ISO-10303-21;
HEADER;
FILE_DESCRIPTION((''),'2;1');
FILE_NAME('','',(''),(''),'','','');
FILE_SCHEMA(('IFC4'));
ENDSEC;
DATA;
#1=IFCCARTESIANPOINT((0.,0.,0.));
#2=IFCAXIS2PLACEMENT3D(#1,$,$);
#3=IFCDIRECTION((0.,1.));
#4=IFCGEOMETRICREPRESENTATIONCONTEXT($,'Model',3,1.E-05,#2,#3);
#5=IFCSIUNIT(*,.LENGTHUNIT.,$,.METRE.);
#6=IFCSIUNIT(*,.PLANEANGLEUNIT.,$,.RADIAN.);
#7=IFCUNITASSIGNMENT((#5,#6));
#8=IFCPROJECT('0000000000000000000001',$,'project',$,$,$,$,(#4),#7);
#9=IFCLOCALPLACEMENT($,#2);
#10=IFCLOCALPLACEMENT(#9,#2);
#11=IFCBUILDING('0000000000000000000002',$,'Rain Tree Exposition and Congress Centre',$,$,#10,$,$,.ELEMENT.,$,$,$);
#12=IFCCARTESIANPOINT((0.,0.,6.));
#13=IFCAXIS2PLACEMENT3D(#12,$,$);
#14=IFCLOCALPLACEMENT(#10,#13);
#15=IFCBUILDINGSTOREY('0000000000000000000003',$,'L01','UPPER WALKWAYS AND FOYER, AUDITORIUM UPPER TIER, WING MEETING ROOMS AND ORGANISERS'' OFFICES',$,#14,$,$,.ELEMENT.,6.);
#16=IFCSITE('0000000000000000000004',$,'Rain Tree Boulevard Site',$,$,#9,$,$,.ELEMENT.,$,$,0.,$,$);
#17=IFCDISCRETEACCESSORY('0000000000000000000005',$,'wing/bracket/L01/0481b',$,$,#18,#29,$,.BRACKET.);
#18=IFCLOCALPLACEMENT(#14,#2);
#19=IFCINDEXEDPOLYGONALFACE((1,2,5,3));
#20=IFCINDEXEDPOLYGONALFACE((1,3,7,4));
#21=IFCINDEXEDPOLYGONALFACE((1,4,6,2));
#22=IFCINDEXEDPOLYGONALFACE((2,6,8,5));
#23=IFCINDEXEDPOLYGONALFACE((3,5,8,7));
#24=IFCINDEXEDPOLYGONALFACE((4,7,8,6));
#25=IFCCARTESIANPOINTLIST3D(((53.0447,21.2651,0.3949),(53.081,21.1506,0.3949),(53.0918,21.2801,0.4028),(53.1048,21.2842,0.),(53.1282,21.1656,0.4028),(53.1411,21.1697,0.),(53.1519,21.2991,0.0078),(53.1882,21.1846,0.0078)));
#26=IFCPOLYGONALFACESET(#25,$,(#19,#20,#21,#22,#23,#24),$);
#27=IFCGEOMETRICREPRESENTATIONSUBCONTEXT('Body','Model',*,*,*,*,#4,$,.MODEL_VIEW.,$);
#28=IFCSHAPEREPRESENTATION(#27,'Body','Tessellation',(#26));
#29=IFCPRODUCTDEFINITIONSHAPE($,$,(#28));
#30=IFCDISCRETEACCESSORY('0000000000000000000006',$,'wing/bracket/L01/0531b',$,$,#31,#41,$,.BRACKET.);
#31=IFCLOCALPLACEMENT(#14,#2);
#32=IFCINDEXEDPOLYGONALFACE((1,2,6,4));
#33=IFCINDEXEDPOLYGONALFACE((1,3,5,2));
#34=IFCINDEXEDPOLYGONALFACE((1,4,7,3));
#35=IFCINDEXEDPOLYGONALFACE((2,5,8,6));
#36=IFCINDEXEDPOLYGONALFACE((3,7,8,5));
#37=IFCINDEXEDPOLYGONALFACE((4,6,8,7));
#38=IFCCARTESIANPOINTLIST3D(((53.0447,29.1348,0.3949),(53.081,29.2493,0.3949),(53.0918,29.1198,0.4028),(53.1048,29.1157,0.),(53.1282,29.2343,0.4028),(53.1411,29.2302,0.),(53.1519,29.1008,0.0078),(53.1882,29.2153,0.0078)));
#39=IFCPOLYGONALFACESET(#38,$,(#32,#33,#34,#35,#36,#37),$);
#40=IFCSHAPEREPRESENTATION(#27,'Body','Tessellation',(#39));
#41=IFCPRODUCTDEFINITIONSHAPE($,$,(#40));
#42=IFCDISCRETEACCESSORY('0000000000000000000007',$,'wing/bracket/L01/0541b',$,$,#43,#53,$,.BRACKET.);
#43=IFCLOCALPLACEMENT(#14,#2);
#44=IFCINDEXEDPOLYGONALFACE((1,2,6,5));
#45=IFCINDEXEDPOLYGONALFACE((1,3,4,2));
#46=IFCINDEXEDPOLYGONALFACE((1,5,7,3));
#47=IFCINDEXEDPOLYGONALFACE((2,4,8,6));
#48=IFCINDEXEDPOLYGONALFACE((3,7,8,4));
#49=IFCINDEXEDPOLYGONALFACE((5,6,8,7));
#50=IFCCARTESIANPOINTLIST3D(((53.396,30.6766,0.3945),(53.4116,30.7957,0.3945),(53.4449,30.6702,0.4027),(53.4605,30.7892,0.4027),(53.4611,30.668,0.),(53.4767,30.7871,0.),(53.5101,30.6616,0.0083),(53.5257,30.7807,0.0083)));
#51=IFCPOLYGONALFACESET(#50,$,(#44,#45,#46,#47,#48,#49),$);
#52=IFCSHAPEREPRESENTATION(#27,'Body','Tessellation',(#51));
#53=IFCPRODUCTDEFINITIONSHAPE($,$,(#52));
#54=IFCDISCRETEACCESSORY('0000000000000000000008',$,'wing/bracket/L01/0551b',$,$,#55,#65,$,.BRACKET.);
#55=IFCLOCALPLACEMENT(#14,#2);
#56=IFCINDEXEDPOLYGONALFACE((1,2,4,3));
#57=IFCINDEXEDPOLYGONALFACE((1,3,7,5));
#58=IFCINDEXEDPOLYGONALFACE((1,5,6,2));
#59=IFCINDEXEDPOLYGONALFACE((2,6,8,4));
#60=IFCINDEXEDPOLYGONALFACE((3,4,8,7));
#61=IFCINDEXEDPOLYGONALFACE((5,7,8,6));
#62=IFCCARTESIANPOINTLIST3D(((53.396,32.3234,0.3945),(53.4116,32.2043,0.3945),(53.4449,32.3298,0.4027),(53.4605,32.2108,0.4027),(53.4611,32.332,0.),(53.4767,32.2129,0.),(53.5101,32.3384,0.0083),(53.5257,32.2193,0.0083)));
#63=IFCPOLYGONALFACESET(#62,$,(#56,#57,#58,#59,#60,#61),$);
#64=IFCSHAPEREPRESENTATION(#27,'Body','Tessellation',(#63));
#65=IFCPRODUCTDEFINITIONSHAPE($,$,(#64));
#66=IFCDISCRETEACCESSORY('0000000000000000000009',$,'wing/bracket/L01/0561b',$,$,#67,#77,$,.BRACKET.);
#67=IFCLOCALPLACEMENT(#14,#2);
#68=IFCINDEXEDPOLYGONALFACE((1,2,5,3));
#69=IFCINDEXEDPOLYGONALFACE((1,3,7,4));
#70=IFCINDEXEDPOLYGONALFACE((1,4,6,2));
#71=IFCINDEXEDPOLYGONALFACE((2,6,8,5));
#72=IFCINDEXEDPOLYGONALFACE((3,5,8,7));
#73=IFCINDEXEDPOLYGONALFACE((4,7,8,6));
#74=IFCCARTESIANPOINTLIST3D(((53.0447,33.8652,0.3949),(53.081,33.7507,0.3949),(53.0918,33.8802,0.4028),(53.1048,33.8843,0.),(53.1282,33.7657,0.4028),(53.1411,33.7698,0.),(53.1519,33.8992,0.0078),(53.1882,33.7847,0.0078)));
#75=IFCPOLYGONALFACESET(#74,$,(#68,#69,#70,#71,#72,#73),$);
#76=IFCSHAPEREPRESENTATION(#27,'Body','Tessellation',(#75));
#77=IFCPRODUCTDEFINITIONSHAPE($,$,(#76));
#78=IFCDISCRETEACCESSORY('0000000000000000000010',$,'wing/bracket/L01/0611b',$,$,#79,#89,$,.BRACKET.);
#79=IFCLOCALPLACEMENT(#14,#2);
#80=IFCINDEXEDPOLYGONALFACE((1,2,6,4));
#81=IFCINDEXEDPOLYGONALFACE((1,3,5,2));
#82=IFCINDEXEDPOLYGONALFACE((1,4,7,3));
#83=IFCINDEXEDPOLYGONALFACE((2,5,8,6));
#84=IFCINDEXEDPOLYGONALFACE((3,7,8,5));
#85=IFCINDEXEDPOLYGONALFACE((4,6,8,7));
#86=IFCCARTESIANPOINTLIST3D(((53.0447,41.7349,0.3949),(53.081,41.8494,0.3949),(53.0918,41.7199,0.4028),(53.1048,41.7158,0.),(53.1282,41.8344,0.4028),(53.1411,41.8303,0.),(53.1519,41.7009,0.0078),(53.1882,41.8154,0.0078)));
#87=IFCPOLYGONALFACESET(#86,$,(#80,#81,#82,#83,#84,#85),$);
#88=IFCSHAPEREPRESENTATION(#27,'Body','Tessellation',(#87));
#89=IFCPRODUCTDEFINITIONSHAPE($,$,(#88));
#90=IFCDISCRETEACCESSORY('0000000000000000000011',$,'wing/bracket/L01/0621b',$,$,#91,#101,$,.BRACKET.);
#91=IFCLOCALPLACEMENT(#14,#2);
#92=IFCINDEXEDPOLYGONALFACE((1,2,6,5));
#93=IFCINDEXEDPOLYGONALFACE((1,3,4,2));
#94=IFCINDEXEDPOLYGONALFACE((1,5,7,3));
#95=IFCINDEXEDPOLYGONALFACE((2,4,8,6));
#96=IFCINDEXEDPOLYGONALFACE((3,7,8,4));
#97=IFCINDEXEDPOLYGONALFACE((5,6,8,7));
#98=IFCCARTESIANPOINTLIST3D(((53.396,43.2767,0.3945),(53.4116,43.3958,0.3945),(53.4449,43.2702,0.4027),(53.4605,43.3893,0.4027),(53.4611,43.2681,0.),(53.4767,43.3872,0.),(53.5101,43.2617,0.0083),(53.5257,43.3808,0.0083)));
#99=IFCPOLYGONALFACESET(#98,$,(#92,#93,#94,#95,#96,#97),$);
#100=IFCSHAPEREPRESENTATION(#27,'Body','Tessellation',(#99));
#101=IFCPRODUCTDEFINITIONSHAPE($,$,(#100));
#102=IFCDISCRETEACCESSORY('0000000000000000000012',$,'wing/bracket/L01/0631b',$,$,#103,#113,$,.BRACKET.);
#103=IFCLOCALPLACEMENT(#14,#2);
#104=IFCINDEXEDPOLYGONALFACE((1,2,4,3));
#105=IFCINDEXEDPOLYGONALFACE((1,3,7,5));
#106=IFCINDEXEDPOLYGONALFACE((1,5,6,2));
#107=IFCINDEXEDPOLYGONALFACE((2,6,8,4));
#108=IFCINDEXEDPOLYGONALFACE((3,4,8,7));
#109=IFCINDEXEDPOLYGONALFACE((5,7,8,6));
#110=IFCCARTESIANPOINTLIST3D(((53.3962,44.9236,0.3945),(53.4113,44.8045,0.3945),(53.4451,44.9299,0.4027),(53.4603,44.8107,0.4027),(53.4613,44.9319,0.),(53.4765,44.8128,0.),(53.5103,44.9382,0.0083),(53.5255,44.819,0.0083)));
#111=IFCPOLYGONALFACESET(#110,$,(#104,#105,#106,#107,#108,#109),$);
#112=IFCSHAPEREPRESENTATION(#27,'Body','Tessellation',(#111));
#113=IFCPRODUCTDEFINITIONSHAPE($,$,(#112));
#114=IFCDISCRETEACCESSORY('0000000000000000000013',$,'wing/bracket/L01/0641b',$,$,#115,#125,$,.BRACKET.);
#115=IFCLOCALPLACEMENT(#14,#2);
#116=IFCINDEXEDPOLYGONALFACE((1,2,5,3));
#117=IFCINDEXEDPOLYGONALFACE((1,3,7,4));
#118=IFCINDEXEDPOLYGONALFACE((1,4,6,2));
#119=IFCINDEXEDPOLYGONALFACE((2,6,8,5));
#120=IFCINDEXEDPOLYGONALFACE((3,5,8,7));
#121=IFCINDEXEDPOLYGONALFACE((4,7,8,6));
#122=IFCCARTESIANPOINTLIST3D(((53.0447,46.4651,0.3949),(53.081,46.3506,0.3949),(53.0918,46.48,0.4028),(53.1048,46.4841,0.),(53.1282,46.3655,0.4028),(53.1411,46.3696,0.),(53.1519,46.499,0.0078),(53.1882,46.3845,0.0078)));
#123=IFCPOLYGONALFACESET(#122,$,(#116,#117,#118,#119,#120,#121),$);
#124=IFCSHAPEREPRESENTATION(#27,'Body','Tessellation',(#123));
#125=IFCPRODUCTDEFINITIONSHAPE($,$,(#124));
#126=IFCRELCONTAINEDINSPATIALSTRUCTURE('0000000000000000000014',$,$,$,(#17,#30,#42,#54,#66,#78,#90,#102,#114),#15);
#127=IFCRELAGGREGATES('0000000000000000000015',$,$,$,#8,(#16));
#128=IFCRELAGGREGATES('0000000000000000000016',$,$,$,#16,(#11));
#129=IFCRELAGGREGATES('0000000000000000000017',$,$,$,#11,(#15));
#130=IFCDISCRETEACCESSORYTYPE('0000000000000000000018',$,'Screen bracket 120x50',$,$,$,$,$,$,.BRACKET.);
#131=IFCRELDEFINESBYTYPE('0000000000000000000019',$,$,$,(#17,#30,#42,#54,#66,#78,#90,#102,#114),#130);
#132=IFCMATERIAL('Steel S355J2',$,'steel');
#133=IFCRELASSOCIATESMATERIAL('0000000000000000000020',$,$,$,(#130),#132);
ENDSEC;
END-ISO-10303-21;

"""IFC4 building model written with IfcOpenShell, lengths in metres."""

from ifc_helpers import new_model, si_unit, direction, frame, origin, origin_2d, place, context, subcontext, project, spatial, rectangle, extrude, material, material_profile, profile_set, type_object, element, save


model = new_model("IFC4")

# Units and contexts
model_context = context("Model", 3, precision=1e-05, world=origin(), true_north=direction((0.0, 1.0)))
body_context = subcontext(model_context, "Body", "Model", "MODEL_VIEW")
ifc_project = project(units=[si_unit("LENGTHUNIT", "METRE"), si_unit("PLANEANGLEUNIT", "RADIAN")], contexts=[model_context])

# Site, building, storey
site_placement = place(None, origin())
site = spatial("IfcSite", under=ifc_project, at=site_placement, Name="Rain Tree Boulevard Site", CompositionType="ELEMENT", RefElevation=0.0)
building_placement = place(site_placement, origin())
building = spatial("IfcBuilding", under=site, at=building_placement, Name="Rain Tree Exposition and Congress Centre", CompositionType="ELEMENT")
storey_placement = place(building_placement, frame((0.0, 0.0, 6.0)))
storey = spatial("IfcBuildingStorey", under=building, at=storey_placement, Name="L01", Description="UPPER WALKWAYS AND FOYER, AUDITORIUM UPPER TIER, WING MEETING ROOMS AND ORGANISERS' OFFICES", CompositionType="ELEMENT", Elevation=6.0)

# Discrete accessories
ifc_material_1 = material(Name="Steel S355J2", Category="steel")
ifc_material_profile_1 = material_profile(ifc_material_1, rectangle(XDim=0.1201, YDim=0.05, at=origin_2d()), Name="Flat bar 120x50")
ifc_profile_set_1 = profile_set([ifc_material_profile_1], Name="Steel S355J2")
discrete_accessory_type = type_object("IfcDiscreteAccessoryType", Name="Screen bracket 120x50", PredefinedType="BRACKET", material=ifc_profile_set_1)
for number, where, z_axis, x_axis, name in (
    (1, (53.1465, 21.2344, 0.0039), (-0.150142, -0.047606, 0.987518), (0.302244, -0.953231, 0.0), "wing/bracket/L01/0481b"),
    (2, (53.1465, 29.1655, 0.0039), (-0.150142, 0.047606, 0.987518), (-0.302244, -0.953231, 0.0), "wing/bracket/L01/0531b"),
    (3, (53.4934, 30.7244, 0.0042), (-0.162976, 0.021364, 0.986399), (-0.129974, -0.991517, 0.0), "wing/bracket/L01/0541b"),
    (4, (53.4934, 32.2756, 0.0042), (-0.162976, -0.021364, 0.986399), (0.129974, -0.991517, 0.0), "wing/bracket/L01/0551b"),
    (5, (53.1465, 33.8345, 0.0039), (-0.150142, -0.047606, 0.987518), (0.302244, -0.953231, 0.0), "wing/bracket/L01/0561b"),
    (6, (53.1465, 41.7656, 0.0039), (-0.150142, 0.047606, 0.987518), (-0.302244, -0.953231, 0.0), "wing/bracket/L01/0611b"),
    (7, (53.4934, 43.3245, 0.0042), (-0.162976, 0.021364, 0.986399), (-0.129974, -0.991517, 0.0), "wing/bracket/L01/0621b"),
    (8, (53.4934, 44.8755, 0.0042), (-0.162978, -0.020754, 0.986411), (0.126321, -0.991989, 0.0), "wing/bracket/L01/0631b"),
    (9, (53.1465, 46.4343, 0.0039), (-0.150142, -0.047606, 0.987518), (0.302244, -0.953231, 0.0), "wing/bracket/L01/0641b"),
):
    element("IfcDiscreteAccessory", number, at=place(storey_placement, frame(where, z_axis=z_axis, x_axis=x_axis)), inside=storey, type_object=discrete_accessory_type, Name=name, PredefinedType="BRACKET", context=body_context, shape_type="SweptSolid", body=[
        extrude(rectangle(XDim=0.1201, YDim=0.05, at=origin_2d()), origin(), (0.0, 0.0, 1.0), 0.3999),
    ])

save(model, "model.ifc")
